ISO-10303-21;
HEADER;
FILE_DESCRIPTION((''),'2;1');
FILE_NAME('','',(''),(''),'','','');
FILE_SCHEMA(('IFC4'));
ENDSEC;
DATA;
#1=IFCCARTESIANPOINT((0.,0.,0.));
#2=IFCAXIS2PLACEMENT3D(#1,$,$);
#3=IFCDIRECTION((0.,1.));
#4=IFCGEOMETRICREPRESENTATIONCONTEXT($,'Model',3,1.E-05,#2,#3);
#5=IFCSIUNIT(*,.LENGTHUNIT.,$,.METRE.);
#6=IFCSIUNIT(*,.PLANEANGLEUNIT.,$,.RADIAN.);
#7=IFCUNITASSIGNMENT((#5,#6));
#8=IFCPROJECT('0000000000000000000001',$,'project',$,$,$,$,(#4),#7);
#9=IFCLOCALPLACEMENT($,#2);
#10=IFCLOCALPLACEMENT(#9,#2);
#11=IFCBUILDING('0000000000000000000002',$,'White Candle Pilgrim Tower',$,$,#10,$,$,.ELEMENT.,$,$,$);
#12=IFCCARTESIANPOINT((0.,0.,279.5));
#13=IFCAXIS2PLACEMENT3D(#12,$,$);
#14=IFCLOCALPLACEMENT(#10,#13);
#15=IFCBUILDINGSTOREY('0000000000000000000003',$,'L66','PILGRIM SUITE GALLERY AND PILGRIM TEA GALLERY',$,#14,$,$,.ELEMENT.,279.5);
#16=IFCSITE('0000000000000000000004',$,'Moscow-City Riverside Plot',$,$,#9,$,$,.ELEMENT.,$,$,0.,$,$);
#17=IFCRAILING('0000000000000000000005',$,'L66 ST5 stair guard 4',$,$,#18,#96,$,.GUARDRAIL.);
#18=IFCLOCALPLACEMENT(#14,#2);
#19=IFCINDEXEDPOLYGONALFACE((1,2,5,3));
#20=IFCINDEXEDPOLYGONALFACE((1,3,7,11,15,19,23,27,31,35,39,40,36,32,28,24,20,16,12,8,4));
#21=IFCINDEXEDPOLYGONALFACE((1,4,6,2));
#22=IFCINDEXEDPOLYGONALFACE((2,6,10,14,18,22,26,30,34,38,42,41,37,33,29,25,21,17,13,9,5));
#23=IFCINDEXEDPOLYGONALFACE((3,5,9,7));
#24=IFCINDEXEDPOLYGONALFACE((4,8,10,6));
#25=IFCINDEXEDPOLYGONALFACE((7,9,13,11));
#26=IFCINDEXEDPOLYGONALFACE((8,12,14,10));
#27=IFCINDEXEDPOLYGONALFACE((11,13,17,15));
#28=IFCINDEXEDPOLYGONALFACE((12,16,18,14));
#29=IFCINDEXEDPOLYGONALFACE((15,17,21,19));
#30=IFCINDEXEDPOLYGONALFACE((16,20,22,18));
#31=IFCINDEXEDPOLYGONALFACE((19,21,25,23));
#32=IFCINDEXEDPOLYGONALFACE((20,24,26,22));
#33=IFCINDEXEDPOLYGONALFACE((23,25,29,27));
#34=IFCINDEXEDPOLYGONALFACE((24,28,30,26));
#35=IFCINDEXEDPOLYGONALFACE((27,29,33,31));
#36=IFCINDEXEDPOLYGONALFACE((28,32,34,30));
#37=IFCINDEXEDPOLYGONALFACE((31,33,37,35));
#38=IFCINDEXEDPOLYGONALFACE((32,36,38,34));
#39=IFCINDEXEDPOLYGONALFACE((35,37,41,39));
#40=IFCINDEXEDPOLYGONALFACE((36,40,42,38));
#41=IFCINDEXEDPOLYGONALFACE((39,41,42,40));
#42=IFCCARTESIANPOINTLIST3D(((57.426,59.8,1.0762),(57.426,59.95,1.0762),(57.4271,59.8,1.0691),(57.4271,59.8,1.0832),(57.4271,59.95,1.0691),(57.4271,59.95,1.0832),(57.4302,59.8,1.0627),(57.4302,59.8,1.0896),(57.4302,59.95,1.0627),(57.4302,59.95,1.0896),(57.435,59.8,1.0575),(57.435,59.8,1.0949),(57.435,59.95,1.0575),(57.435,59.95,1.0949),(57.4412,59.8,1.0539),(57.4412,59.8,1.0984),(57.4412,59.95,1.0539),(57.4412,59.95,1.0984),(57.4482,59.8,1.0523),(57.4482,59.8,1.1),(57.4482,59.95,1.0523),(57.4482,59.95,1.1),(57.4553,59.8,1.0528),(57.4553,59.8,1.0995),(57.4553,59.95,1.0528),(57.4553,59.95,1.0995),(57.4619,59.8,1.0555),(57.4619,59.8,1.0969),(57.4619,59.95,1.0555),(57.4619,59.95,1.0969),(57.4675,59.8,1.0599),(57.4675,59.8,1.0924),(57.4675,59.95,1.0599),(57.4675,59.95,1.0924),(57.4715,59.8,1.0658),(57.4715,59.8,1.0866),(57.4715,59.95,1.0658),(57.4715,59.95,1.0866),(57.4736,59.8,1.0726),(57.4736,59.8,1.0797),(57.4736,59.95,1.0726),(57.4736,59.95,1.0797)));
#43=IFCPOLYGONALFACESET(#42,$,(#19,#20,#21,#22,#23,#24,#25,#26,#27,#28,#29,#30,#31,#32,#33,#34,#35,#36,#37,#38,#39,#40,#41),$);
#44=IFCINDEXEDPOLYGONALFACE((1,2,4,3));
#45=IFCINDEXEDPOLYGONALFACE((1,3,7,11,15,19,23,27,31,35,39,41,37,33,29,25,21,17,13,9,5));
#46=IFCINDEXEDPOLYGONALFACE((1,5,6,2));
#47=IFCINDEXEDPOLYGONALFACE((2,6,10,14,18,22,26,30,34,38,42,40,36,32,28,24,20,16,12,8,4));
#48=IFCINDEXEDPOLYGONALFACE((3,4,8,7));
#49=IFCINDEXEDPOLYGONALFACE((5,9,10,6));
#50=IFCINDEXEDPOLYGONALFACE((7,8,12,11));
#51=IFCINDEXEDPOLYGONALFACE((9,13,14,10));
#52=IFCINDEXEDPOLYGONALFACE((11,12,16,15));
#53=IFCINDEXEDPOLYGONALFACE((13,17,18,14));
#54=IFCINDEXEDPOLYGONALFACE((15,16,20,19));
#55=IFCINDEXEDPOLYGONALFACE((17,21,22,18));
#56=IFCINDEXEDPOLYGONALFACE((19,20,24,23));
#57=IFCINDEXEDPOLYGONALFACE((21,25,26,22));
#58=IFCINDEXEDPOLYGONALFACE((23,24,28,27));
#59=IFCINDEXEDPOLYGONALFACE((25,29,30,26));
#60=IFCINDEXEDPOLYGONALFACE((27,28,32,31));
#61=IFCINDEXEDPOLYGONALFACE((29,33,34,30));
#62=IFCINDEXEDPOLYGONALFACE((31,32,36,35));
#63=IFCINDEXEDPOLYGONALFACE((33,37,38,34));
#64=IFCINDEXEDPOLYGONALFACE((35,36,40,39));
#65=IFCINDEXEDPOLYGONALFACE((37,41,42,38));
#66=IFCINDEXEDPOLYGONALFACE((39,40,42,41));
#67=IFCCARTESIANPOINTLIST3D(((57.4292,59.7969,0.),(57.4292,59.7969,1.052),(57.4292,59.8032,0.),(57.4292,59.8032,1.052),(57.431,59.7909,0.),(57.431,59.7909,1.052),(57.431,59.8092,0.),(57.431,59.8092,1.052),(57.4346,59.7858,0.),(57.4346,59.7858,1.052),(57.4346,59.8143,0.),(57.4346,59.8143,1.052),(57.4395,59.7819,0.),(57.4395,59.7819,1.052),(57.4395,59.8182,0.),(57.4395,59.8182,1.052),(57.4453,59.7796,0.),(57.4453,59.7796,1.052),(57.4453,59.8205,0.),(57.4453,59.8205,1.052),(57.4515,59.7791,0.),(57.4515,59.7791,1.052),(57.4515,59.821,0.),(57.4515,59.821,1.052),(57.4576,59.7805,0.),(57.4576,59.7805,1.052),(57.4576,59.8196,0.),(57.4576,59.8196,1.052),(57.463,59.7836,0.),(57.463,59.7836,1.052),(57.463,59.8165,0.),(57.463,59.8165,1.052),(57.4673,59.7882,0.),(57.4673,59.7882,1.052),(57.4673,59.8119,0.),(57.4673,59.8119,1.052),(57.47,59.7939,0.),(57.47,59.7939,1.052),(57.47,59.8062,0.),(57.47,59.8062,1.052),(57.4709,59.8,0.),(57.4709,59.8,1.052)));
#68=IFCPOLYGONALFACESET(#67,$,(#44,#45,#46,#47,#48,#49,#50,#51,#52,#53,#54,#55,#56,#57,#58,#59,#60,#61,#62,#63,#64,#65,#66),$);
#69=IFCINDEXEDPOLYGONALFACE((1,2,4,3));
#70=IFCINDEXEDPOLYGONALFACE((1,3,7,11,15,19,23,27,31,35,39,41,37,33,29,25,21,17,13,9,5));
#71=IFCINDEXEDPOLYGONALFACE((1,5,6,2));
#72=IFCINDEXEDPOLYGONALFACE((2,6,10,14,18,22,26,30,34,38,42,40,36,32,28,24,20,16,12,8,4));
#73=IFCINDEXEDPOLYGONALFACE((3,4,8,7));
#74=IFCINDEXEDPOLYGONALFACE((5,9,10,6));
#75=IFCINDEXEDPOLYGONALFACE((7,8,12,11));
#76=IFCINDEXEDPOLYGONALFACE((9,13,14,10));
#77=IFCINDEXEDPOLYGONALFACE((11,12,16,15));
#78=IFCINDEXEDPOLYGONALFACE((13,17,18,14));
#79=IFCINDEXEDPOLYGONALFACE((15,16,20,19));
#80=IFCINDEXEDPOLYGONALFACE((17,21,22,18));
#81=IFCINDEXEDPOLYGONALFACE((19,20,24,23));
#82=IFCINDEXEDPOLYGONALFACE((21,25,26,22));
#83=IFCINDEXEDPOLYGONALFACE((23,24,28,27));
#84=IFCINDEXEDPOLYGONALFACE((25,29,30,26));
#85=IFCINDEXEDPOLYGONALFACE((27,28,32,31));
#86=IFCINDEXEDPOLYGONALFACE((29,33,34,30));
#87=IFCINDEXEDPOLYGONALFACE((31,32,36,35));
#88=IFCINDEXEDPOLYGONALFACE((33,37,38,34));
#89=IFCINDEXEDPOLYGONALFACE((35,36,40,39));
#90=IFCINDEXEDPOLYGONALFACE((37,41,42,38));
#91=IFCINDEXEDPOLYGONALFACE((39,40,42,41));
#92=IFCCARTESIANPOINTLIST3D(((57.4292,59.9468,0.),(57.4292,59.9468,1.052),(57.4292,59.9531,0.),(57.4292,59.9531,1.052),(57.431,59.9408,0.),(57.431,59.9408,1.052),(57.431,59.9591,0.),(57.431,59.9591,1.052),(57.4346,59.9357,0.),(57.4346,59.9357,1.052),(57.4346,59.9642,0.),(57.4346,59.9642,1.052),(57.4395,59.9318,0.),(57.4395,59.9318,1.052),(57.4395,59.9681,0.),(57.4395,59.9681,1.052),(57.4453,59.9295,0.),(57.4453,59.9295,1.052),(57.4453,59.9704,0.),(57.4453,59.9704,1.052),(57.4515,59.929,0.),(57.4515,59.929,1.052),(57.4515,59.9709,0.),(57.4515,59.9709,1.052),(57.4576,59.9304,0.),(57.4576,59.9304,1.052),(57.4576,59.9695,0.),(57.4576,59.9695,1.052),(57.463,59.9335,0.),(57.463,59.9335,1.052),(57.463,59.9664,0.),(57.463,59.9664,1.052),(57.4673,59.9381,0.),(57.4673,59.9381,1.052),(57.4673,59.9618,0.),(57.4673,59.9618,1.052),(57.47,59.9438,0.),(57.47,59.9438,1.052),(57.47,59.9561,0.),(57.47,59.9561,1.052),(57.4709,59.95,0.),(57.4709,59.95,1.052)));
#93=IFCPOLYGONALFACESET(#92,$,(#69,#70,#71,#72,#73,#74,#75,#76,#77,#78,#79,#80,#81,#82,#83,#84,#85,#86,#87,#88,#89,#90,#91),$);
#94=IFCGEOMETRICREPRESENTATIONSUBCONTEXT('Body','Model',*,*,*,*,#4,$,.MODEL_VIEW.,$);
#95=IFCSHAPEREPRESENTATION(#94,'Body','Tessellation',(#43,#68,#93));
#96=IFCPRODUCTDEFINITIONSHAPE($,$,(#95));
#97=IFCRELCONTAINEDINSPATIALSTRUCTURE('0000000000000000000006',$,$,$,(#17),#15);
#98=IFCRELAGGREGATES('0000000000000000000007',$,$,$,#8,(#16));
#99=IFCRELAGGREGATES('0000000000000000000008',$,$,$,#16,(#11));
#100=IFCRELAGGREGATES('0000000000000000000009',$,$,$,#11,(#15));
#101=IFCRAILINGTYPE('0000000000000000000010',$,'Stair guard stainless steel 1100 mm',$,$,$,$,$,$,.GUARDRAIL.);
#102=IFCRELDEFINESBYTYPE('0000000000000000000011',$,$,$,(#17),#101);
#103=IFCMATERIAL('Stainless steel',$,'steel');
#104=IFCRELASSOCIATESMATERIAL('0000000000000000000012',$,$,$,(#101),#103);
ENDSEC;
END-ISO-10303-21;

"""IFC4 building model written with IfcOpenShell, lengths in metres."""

from ifc_helpers import new_model, si_unit, direction, frame, origin, origin_2d, place, context, subcontext, project, spatial, circle, extrude, material, type_object, element, save


model = new_model("IFC4")

# Units and contexts
model_context = context("Model", 3, precision=1e-05, world=origin(), true_north=direction((0.0, 1.0)))
body_context = subcontext(model_context, "Body", "Model", "MODEL_VIEW")
ifc_project = project(units=[si_unit("LENGTHUNIT", "METRE"), si_unit("PLANEANGLEUNIT", "RADIAN")], contexts=[model_context])

# Site, building, storey
site_placement = place(None, origin())
site = spatial("IfcSite", under=ifc_project, at=site_placement, Name="Moscow-City Riverside Plot", CompositionType="ELEMENT", RefElevation=0.0)
building_placement = place(site_placement, origin())
building = spatial("IfcBuilding", under=site, at=building_placement, Name="White Candle Pilgrim Tower", CompositionType="ELEMENT")
storey_placement = place(building_placement, frame((0.0, 0.0, 279.5)))
storey = spatial("IfcBuildingStorey", under=building, at=storey_placement, Name="L66", Description="PILGRIM SUITE GALLERY AND PILGRIM TEA GALLERY", CompositionType="ELEMENT", Elevation=279.5)

# Railing
ifc_material_1 = material(Name="Stainless steel", Category="steel")
railing_type_1 = type_object("IfcRailingType", Name="Stair guard stainless steel 1100 mm", PredefinedType="GUARDRAIL", material=ifc_material_1)
railing_1_placement = place(storey_placement, frame((57.45, 59.8, 0.0)))
element("IfcRailing", 1, at=railing_1_placement, inside=storey, type_object=railing_type_1, Name="L66 ST5 stair guard 4", PredefinedType="GUARDRAIL", context=body_context, shape_type="SweptSolid", body=[
    extrude(circle(Radius=0.0239, at=origin_2d()), frame((0.0, 0.0, 1.0762), z_axis=(0.0, 1.0, 0.0), x_axis=(-1.0, 0.0, 0.0)), (0.0, 0.0, 1.0), 0.1499),
    extrude(circle(Radius=0.021, at=origin_2d()), origin(), (0.0, 0.0, 1.0), 1.052),
    extrude(circle(Radius=0.021, at=origin_2d()), frame((0.0, 0.1499, 0.0)), (0.0, 0.0, 1.0), 1.052),
])

save(model, "model.ifc")
